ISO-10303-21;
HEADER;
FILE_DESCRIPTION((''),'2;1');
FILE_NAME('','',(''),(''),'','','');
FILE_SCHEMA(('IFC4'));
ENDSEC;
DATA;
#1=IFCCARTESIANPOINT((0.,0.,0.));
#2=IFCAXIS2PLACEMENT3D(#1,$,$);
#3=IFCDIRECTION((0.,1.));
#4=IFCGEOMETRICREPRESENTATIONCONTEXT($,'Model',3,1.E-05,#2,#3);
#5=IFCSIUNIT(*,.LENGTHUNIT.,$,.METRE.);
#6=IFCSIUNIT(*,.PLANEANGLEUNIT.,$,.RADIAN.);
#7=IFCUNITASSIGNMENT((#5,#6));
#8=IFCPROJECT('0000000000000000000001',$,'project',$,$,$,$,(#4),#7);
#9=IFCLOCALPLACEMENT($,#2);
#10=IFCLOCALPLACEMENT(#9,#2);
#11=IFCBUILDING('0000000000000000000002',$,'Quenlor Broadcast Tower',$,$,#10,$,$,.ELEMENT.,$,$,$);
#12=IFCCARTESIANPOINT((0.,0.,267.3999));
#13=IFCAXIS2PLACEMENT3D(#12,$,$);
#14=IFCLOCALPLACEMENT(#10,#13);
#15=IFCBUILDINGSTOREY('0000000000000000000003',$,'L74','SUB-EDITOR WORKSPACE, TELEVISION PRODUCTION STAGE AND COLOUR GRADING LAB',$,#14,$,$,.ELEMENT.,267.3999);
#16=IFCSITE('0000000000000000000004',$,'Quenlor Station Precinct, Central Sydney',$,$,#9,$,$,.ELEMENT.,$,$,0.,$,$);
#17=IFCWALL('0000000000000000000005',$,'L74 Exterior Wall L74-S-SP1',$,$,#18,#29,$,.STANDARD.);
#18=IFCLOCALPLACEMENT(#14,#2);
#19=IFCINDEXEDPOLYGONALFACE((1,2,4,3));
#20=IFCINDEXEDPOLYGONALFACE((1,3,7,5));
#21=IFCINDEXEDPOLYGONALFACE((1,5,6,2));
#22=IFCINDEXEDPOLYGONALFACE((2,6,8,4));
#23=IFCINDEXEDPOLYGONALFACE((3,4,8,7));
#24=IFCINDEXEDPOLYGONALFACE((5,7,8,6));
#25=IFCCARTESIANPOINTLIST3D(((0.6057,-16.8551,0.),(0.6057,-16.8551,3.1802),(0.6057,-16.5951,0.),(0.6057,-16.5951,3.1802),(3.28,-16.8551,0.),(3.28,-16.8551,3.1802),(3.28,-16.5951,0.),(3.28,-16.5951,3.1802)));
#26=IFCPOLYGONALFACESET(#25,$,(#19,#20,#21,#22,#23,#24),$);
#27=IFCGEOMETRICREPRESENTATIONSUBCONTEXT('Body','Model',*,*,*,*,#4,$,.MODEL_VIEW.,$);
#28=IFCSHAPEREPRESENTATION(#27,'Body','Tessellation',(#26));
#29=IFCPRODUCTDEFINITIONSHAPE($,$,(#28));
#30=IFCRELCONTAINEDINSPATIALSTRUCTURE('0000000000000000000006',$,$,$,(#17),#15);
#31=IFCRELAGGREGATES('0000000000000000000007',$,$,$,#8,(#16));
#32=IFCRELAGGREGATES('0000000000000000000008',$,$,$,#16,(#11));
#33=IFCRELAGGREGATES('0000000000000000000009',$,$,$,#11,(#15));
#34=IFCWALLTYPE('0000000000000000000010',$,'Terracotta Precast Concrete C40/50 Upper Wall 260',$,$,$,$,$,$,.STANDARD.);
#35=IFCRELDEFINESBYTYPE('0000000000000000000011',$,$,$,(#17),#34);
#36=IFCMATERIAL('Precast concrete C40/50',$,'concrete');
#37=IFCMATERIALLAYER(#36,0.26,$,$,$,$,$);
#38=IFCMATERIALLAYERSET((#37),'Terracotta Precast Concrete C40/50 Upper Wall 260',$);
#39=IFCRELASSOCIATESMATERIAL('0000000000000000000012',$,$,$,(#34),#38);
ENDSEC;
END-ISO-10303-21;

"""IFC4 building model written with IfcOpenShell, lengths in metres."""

from ifc_helpers import new_model, si_unit, direction, frame, frame_2d, origin, place, context, subcontext, project, spatial, rectangle, extrude, material, layer, layer_set, type_object, element, save


model = new_model("IFC4")

# Units and contexts
model_context = context("Model", 3, precision=1e-05, world=origin(), true_north=direction((0.0, 1.0)))
body_context = subcontext(model_context, "Body", "Model", "MODEL_VIEW")
ifc_project = project(units=[si_unit("LENGTHUNIT", "METRE"), si_unit("PLANEANGLEUNIT", "RADIAN")], contexts=[model_context])

# Site, building, storey
site_placement = place(None, origin())
site = spatial("IfcSite", under=ifc_project, at=site_placement, Name="Quenlor Station Precinct, Central Sydney", CompositionType="ELEMENT", RefElevation=0.0)
building_placement = place(site_placement, origin())
building = spatial("IfcBuilding", under=site, at=building_placement, Name="Quenlor Broadcast Tower", CompositionType="ELEMENT")
storey_placement = place(building_placement, frame((0.0, 0.0, 267.3999)))
storey = spatial("IfcBuildingStorey", under=building, at=storey_placement, Name="L74", Description="SUB-EDITOR WORKSPACE, TELEVISION PRODUCTION STAGE AND COLOUR GRADING LAB", CompositionType="ELEMENT", Elevation=267.3999)

# Wall
ifc_material_1 = material(Name="Precast concrete C40/50", Category="concrete")
ifc_layer_1 = layer(ifc_material_1, 0.26)
ifc_layer_set_1 = layer_set([ifc_layer_1], Name="Terracotta Precast Concrete C40/50 Upper Wall 260")
wall_type_1 = type_object("IfcWallType", Name="Terracotta Precast Concrete C40/50 Upper Wall 260", PredefinedType="STANDARD", material=ifc_layer_set_1)
wall_1_placement = place(storey_placement, frame((3.28, -16.7251, 0.0), z_axis=(0.0, 0.0, 1.0), x_axis=(-1.0, 0.0, 0.0)))
element("IfcWall", 1, at=wall_1_placement, inside=storey, type_object=wall_type_1, Name="L74 Exterior Wall L74-S-SP1", PredefinedType="STANDARD", context=body_context, shape_type="SweptSolid", body=[
    extrude(rectangle(XDim=2.6743, YDim=0.26, at=frame_2d((1.3372, 0.0))), origin(), (0.0, 0.0, 1.0), 3.1802),
])

save(model, "model.ifc")
